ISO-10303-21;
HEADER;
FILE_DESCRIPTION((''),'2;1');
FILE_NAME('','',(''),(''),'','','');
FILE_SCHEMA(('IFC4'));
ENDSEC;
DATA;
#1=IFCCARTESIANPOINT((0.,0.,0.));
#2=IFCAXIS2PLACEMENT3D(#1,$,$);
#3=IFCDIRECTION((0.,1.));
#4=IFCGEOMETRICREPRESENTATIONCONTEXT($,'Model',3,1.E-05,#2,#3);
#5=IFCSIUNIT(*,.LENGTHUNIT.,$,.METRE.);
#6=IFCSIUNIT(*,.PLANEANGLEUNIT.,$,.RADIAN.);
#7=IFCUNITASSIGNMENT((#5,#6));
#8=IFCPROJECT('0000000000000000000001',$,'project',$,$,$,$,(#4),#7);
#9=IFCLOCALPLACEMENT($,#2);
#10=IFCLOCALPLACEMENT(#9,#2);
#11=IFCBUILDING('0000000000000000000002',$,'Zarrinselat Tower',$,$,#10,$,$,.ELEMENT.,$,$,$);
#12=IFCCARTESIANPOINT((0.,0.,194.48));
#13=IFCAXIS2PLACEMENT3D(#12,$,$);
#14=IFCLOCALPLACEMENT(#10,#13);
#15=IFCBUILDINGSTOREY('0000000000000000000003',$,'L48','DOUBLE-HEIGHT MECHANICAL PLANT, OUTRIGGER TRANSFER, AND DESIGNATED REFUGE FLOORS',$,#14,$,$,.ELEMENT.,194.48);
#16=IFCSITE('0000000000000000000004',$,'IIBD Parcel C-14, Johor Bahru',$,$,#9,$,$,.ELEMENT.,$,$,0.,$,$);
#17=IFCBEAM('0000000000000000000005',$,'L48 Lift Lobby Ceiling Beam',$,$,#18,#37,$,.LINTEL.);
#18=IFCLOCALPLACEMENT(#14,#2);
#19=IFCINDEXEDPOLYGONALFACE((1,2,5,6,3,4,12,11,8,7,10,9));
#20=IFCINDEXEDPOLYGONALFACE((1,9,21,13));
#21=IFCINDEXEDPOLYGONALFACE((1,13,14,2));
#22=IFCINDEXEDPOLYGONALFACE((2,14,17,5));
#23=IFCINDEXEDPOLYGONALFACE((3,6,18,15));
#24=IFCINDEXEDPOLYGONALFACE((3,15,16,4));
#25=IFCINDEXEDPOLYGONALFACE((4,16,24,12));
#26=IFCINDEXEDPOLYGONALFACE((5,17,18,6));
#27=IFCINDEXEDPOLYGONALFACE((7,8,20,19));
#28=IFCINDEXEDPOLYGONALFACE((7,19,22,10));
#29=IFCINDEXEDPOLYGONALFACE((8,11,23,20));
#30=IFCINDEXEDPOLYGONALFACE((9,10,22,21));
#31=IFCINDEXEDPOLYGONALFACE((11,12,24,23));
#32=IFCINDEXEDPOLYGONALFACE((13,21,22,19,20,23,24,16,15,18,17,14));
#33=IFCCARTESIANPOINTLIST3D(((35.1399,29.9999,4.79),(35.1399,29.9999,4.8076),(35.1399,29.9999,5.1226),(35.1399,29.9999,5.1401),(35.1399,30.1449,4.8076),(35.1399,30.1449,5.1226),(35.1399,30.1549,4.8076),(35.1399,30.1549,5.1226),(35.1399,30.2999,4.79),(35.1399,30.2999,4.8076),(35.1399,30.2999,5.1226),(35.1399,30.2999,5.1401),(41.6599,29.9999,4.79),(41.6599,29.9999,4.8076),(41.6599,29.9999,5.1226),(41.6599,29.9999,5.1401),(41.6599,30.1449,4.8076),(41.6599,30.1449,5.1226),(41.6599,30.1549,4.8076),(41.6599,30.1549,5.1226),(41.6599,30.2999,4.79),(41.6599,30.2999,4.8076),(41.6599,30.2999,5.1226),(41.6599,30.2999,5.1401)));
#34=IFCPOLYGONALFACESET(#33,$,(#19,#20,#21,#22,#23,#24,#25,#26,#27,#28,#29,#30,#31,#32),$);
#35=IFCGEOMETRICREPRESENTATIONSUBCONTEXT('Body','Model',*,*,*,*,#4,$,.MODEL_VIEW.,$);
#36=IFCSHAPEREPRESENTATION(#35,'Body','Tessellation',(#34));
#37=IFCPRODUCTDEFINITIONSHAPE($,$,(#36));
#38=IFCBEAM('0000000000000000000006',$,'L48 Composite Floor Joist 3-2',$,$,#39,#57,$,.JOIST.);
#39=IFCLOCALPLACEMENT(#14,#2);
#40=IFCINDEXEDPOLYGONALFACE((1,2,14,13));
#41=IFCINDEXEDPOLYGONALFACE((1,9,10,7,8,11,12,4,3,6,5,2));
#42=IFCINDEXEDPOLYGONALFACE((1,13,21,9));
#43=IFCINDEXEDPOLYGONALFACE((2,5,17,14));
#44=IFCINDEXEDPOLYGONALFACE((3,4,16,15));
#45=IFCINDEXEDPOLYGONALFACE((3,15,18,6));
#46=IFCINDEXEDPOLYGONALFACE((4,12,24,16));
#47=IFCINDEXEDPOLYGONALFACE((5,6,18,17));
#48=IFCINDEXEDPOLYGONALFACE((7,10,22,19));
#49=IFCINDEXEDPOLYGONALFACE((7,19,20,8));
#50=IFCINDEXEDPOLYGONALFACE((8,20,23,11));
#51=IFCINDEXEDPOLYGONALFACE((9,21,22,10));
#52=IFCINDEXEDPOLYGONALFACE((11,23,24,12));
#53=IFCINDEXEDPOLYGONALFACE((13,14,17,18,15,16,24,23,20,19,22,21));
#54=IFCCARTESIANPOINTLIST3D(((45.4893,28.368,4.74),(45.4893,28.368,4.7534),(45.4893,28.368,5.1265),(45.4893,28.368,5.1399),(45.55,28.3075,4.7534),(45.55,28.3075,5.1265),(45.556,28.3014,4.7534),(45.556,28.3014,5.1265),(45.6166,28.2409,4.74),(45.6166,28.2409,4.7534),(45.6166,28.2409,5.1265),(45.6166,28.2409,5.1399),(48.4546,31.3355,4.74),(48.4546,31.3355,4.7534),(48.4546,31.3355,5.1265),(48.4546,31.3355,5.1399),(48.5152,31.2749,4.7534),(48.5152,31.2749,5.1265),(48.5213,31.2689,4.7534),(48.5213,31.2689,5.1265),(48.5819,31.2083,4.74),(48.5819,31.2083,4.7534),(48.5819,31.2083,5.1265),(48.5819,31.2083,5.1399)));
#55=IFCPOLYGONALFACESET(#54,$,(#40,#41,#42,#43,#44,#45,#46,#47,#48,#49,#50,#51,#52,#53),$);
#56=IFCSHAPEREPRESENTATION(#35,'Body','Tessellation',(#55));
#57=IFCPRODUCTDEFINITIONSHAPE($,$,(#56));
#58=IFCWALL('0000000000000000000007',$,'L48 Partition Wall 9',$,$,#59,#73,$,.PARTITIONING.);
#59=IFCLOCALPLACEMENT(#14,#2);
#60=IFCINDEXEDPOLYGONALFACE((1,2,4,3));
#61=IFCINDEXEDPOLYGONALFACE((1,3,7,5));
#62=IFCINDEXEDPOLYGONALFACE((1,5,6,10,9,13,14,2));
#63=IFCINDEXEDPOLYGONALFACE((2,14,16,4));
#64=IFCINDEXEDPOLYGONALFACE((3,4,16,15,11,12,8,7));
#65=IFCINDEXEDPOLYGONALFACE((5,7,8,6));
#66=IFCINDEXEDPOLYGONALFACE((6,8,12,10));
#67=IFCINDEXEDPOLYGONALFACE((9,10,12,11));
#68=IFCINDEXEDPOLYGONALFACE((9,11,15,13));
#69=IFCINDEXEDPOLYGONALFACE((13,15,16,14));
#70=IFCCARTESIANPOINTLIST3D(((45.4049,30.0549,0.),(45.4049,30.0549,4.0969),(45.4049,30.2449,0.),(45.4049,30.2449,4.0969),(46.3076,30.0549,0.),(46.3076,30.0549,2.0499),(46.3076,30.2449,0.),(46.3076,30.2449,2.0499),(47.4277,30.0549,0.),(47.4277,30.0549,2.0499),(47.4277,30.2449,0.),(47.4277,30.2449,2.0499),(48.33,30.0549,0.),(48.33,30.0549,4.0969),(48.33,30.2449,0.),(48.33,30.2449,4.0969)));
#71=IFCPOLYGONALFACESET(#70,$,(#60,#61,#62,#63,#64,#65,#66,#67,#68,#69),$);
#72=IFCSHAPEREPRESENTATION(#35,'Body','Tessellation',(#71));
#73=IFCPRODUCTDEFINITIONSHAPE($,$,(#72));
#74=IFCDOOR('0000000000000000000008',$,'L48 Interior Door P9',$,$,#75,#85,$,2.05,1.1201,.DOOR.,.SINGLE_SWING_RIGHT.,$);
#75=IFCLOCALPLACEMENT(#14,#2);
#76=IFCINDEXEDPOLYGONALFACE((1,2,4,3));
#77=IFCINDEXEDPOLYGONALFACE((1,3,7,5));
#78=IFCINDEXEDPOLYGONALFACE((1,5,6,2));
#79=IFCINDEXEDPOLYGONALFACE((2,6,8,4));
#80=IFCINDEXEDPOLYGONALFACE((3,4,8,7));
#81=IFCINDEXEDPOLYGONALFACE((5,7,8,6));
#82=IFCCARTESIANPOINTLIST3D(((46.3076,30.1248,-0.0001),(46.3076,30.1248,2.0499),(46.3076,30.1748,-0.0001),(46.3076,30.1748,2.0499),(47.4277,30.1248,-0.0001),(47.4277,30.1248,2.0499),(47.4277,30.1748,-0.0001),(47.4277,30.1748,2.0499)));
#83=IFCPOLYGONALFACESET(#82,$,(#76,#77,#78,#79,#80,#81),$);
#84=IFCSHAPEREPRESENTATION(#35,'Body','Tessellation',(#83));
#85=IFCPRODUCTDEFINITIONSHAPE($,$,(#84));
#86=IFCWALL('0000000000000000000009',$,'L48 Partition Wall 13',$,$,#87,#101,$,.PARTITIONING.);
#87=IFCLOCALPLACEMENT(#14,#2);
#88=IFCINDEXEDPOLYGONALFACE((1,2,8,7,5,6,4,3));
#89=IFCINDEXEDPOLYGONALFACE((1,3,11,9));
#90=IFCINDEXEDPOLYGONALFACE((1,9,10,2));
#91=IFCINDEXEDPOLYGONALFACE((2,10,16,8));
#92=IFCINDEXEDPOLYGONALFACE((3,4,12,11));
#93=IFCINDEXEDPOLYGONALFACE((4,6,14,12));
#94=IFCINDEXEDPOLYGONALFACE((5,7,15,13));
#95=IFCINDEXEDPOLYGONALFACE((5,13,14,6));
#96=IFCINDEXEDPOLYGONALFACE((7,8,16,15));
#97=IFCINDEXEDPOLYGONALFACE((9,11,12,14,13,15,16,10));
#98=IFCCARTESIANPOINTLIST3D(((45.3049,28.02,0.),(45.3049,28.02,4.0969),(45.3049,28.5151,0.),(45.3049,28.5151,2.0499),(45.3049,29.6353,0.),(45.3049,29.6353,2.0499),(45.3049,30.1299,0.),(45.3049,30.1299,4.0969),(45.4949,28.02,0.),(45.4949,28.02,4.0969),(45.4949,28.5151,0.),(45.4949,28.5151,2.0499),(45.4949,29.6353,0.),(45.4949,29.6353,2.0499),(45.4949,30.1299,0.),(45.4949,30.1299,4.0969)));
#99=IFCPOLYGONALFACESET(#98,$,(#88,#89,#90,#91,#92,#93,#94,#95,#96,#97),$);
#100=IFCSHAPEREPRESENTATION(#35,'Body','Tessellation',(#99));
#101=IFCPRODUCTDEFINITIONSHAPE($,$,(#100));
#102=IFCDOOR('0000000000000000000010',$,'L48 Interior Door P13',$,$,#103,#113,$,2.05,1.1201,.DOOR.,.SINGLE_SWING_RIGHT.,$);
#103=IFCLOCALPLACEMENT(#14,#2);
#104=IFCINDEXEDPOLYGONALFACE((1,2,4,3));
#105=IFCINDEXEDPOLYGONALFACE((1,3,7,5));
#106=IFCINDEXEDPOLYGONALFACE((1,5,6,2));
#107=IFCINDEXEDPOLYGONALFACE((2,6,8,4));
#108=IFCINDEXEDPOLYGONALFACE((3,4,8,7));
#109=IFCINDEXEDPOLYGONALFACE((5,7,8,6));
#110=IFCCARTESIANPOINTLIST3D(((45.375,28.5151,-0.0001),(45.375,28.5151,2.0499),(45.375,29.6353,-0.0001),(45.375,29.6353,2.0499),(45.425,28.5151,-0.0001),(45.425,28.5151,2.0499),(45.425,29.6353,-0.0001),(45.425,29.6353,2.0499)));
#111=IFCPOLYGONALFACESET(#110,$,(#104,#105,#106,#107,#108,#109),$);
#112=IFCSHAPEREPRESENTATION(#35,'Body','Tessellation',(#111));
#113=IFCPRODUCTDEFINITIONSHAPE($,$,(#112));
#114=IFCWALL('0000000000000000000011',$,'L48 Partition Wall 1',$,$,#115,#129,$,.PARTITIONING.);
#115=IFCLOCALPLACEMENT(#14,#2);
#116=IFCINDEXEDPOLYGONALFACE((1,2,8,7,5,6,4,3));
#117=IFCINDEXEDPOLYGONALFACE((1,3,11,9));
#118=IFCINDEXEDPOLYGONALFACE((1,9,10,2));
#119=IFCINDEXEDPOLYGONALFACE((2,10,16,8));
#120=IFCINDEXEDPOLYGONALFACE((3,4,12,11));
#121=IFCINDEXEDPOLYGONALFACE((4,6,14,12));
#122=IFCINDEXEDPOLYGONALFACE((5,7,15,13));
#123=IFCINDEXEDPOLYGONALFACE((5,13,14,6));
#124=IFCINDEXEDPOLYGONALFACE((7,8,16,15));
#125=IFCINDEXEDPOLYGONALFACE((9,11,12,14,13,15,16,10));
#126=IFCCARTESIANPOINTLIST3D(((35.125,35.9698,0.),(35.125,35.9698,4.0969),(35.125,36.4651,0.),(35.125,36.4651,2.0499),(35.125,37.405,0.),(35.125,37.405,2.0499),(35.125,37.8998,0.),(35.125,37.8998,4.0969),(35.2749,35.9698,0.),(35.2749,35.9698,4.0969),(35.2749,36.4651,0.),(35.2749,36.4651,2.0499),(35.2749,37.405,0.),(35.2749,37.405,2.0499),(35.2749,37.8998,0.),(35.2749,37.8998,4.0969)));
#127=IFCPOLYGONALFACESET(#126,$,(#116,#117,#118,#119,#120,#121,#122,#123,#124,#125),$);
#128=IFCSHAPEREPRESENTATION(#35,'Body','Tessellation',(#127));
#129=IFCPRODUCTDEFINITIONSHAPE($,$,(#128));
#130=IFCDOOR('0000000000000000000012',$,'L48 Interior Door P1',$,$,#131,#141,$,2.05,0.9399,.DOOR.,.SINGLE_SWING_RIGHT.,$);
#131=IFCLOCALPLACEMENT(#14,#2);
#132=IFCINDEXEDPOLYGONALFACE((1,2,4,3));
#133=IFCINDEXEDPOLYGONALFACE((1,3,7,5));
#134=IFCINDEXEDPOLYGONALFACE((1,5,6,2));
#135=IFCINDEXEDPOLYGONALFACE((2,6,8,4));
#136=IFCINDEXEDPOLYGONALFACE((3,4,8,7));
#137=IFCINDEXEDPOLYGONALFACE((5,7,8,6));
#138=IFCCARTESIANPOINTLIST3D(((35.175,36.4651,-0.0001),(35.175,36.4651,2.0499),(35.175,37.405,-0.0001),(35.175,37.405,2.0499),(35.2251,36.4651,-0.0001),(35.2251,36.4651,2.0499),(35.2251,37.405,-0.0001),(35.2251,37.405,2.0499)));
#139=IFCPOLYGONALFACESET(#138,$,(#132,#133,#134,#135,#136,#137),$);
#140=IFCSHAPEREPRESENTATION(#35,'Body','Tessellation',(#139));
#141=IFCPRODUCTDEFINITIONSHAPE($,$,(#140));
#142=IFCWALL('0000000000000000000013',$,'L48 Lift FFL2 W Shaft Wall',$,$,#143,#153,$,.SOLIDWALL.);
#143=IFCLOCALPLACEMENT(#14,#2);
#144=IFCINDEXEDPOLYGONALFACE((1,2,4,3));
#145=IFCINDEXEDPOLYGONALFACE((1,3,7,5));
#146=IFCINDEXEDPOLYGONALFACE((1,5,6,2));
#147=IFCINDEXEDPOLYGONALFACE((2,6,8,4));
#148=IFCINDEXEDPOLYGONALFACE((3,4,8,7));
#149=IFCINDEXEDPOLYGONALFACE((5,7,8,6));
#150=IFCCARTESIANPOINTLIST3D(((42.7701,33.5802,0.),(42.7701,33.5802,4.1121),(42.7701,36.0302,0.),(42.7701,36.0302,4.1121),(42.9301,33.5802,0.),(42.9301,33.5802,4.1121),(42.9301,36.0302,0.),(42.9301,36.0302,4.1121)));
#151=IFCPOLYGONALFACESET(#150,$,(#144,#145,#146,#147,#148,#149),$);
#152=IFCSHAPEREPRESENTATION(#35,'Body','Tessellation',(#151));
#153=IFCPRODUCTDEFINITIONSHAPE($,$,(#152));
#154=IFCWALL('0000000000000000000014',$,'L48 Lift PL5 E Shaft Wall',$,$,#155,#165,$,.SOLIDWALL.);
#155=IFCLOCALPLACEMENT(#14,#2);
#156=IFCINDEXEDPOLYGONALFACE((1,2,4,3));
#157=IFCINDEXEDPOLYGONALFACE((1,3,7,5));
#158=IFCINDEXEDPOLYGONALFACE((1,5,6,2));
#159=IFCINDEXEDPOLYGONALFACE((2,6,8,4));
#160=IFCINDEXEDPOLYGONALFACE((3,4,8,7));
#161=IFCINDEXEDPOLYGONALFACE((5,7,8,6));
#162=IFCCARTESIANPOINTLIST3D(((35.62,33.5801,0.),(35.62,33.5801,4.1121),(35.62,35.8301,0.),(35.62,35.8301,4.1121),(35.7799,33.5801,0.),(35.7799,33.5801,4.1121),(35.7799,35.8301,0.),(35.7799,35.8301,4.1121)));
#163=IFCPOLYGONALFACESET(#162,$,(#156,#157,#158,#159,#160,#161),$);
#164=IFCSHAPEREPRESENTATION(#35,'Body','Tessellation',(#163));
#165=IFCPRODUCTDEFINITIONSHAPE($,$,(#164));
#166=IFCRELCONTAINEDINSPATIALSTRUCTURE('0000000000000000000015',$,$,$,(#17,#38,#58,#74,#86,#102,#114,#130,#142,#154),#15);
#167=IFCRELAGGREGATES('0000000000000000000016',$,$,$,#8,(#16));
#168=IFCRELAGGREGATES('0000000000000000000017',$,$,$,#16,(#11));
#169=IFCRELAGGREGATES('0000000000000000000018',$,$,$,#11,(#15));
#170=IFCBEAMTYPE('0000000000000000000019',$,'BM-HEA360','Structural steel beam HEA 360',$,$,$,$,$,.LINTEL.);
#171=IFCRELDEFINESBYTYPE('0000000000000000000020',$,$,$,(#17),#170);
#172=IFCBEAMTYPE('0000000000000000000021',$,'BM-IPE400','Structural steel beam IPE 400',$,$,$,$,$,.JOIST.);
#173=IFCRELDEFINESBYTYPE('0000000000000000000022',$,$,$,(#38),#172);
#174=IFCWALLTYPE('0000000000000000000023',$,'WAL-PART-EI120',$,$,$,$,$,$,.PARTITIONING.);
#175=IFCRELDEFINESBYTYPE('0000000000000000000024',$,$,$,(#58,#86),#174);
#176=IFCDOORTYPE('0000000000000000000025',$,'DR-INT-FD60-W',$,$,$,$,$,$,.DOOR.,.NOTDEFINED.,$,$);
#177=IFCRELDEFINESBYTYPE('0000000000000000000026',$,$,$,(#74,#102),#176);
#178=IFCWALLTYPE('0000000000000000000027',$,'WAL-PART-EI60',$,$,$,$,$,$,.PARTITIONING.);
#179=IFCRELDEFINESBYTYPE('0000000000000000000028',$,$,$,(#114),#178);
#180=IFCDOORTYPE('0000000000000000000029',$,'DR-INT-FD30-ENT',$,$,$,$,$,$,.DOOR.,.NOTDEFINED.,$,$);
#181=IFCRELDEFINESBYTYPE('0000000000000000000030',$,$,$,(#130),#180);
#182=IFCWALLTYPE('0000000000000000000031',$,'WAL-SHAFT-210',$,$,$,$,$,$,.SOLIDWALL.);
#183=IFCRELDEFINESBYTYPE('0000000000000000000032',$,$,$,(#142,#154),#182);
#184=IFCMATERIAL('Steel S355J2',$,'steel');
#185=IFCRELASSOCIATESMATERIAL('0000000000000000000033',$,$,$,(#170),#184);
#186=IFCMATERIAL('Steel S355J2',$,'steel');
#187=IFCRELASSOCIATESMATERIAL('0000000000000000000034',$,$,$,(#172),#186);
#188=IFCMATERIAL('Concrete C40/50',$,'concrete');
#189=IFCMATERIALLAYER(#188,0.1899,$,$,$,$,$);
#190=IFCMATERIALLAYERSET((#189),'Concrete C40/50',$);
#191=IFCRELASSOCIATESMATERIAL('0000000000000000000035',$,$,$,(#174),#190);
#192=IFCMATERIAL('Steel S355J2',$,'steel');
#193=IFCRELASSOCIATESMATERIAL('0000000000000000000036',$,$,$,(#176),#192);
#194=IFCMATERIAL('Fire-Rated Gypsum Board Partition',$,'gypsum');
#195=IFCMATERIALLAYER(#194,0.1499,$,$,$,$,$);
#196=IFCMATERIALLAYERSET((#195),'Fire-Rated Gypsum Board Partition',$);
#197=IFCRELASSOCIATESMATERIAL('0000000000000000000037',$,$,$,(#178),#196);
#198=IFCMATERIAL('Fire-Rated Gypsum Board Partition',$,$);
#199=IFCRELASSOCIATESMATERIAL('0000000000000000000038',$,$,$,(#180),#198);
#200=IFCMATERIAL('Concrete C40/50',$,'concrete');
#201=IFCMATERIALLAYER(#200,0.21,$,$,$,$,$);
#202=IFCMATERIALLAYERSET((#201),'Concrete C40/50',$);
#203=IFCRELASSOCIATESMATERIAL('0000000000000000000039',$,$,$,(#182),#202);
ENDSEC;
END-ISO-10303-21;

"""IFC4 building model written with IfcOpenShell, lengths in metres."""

from ifc_helpers import new_model, si_unit, direction, frame, frame_2d, origin, origin_2d, place, context, subcontext, project, spatial, rectangle, i_section, extrude, material, layer, layer_set, material_profile, profile_set, type_object, element, fill, save


model = new_model("IFC4")

# Units and contexts
model_context = context("Model", 3, precision=1e-05, world=origin(), true_north=direction((0.0, 1.0)))
body_context = subcontext(model_context, "Body", "Model", "MODEL_VIEW")
ifc_project = project(units=[si_unit("LENGTHUNIT", "METRE"), si_unit("PLANEANGLEUNIT", "RADIAN")], contexts=[model_context])

# Site, building, storey
site_placement = place(None, origin())
site = spatial("IfcSite", under=ifc_project, at=site_placement, Name="IIBD Parcel C-14, Johor Bahru", CompositionType="ELEMENT", RefElevation=0.0)
building_placement = place(site_placement, origin())
building = spatial("IfcBuilding", under=site, at=building_placement, Name="Zarrinselat Tower", CompositionType="ELEMENT")
storey_placement = place(building_placement, frame((0.0, 0.0, 194.48)))
storey = spatial("IfcBuildingStorey", under=building, at=storey_placement, Name="L48", Description="DOUBLE-HEIGHT MECHANICAL PLANT, OUTRIGGER TRANSFER, AND DESIGNATED REFUGE FLOORS", CompositionType="ELEMENT", Elevation=194.48)

# Beams
ifc_material_1 = material(Name="Steel S355J2", Category="steel")
ifc_material_profile_1 = material_profile(ifc_material_1, i_section(OverallWidth=0.3, OverallDepth=0.3501, WebThickness=0.01, FlangeThickness=0.0176, at=origin_2d()), Name="HEA 360")
ifc_profile_set_1 = profile_set([ifc_material_profile_1], Name="Steel S355J2")
beam_type_1 = type_object("IfcBeamType", Name="BM-HEA360", Description="Structural steel beam HEA 360", PredefinedType="LINTEL", material=ifc_profile_set_1)
beam_1_placement = place(storey_placement, frame((35.1399, 30.1499, 4.9651), z_axis=(1.0, 0.0, 0.0), x_axis=(0.0, 1.0, 0.0)))
element("IfcBeam", 1, at=beam_1_placement, inside=storey, type_object=beam_type_1, Name="L48 Lift Lobby Ceiling Beam", PredefinedType="LINTEL", context=body_context, shape_type="SweptSolid", body=[
    extrude(i_section(OverallWidth=0.3, OverallDepth=0.3501, WebThickness=0.01, FlangeThickness=0.0176, at=origin_2d()), origin(), (0.0, 0.0, 1.0), 6.52),
])
ifc_material_2 = material(Name="Steel S355J2", Category="steel")
ifc_material_profile_2 = material_profile(ifc_material_2, i_section(OverallWidth=0.1799, OverallDepth=0.3999, WebThickness=0.0085, FlangeThickness=0.0134, at=origin_2d()), Name="IPE 400")
ifc_profile_set_2 = profile_set([ifc_material_profile_2], Name="Steel S355J2")
beam_type_2 = type_object("IfcBeamType", Name="BM-IPE400", Description="Structural steel beam IPE 400", PredefinedType="JOIST", material=ifc_profile_set_2)
beam_2_placement = place(storey_placement, frame((45.553, 28.3044, 4.9399), z_axis=(0.706845, 0.707369, 0.0), x_axis=(-0.707369, 0.706845, 0.0)))
element("IfcBeam", 2, at=beam_2_placement, inside=storey, type_object=beam_type_2, Name="L48 Composite Floor Joist 3-2", PredefinedType="JOIST", context=body_context, shape_type="SweptSolid", body=[
    extrude(i_section(OverallWidth=0.1799, OverallDepth=0.3999, WebThickness=0.0085, FlangeThickness=0.0134, at=origin_2d()), origin(), (0.0, 0.0, 1.0), 4.1951),
])

# Walls, openings, doors
ifc_material_3 = material(Name="Concrete C40/50", Category="concrete")
ifc_layer_1 = layer(ifc_material_3, 0.1899)
ifc_layer_set_1 = layer_set([ifc_layer_1], Name="Concrete C40/50")
wall_type_1 = type_object("IfcWallType", Name="WAL-PART-EI120", PredefinedType="PARTITIONING", material=ifc_layer_set_1)
wall_1_placement = place(storey_placement, frame((45.405, 30.1499, 0.0), z_axis=(0.0, 0.0, 1.0), x_axis=(1.0, 0.0, 0.0)))
wall_1 = element("IfcWall", 3, at=wall_1_placement, inside=storey, type_object=wall_type_1, Name="L48 Partition Wall 9", PredefinedType="PARTITIONING", context=body_context, shape_type="SweptSolid", body=[
    extrude(rectangle(XDim=2.925, YDim=0.1899, at=frame_2d((1.4624, 0.0))), origin(), (0.0, 0.0, 1.0), 4.0969),
])
opening_1_placement = place(wall_1_placement, frame((0.9026, 0.0, 0.0)))
opening_1 = element("IfcOpeningElement", 4, at=opening_1_placement, cuts=wall_1, PredefinedType="OPENING", context=body_context, shape_type="SweptSolid", body=[
    extrude(rectangle(XDim=1.1201, YDim=2.05, at=frame_2d((0.5601, 1.0249))), frame((0.0, 0.105, 0.0), z_axis=(0.0, -1.0, 0.0), x_axis=(1.0, 0.0, 0.0)), (0.0, 0.0, 1.0), 0.21),
])
ifc_material_4 = material(Name="Steel S355J2", Category="steel")
door_type_1 = type_object("IfcDoorType", Name="DR-INT-FD60-W", OperationType="NOTDEFINED", PredefinedType="DOOR", material=ifc_material_4)
door_1_placement = place(opening_1_placement, origin())
door_1 = element("IfcDoor", 5, at=door_1_placement, inside=storey, type_object=door_type_1, Name="L48 Interior Door P9", OperationType="SINGLE_SWING_RIGHT", OverallHeight=2.05, OverallWidth=1.1201, PredefinedType="DOOR", context=body_context, shape_type="SweptSolid", body=[
    extrude(rectangle(XDim=1.1201, YDim=2.05, at=frame_2d((0.5601, 1.0249))), frame((0.0, 0.0249, 0.0), z_axis=(0.0, -1.0, 0.0), x_axis=(1.0, 0.0, 0.0)), (0.0, 0.0, 1.0), 0.05),
])
fill(opening_1, door_1)
wall_2_placement = place(storey_placement, frame((45.3999, 28.02, 0.0), z_axis=(0.0, 0.0, 1.0), x_axis=(0.0, 1.0, 0.0)))
wall_2 = element("IfcWall", 6, at=wall_2_placement, inside=storey, type_object=wall_type_1, Name="L48 Partition Wall 13", PredefinedType="PARTITIONING", context=body_context, shape_type="SweptSolid", body=[
    extrude(rectangle(XDim=2.1099, YDim=0.1899, at=frame_2d((1.0549, 0.0))), origin(), (0.0, 0.0, 1.0), 4.0969),
])
opening_2_placement = place(wall_2_placement, frame((0.4951, 0.0, 0.0)))
opening_2 = element("IfcOpeningElement", 7, at=opening_2_placement, cuts=wall_2, PredefinedType="OPENING", context=body_context, shape_type="SweptSolid", body=[
    extrude(rectangle(XDim=1.1201, YDim=2.05, at=frame_2d((0.5601, 1.0249))), frame((0.0, 0.105, 0.0), z_axis=(0.0, -1.0, 0.0), x_axis=(1.0, 0.0, 0.0)), (0.0, 0.0, 1.0), 0.21),
])
door_2_placement = place(opening_2_placement, origin())
door_2 = element("IfcDoor", 8, at=door_2_placement, inside=storey, type_object=door_type_1, Name="L48 Interior Door P13", OperationType="SINGLE_SWING_RIGHT", OverallHeight=2.05, OverallWidth=1.1201, PredefinedType="DOOR", context=body_context, shape_type="SweptSolid", body=[
    extrude(rectangle(XDim=1.1201, YDim=2.05, at=frame_2d((0.5601, 1.0249))), frame((0.0, 0.0249, 0.0), z_axis=(0.0, -1.0, 0.0), x_axis=(1.0, 0.0, 0.0)), (0.0, 0.0, 1.0), 0.05),
])
fill(opening_2, door_2)
ifc_material_5 = material(Name="Fire-Rated Gypsum Board Partition", Category="gypsum")
ifc_layer_2 = layer(ifc_material_5, 0.1499)
ifc_layer_set_2 = layer_set([ifc_layer_2], Name="Fire-Rated Gypsum Board Partition")
wall_type_2 = type_object("IfcWallType", Name="WAL-PART-EI60", PredefinedType="PARTITIONING", material=ifc_layer_set_2)
wall_3_placement = place(storey_placement, frame((35.2, 35.97, 0.0), z_axis=(0.0, 0.0, 1.0), x_axis=(0.0, 1.0, 0.0)))
wall_3 = element("IfcWall", 9, at=wall_3_placement, inside=storey, type_object=wall_type_2, Name="L48 Partition Wall 1", PredefinedType="PARTITIONING", context=body_context, shape_type="SweptSolid", body=[
    extrude(rectangle(XDim=1.9299, YDim=0.1499, at=frame_2d((0.9648, 0.0))), origin(), (0.0, 0.0, 1.0), 4.0969),
])
opening_3_placement = place(wall_3_placement, frame((0.4951, 0.0, 0.0)))
opening_3 = element("IfcOpeningElement", 10, at=opening_3_placement, cuts=wall_3, PredefinedType="OPENING", context=body_context, shape_type="SweptSolid", body=[
    extrude(rectangle(XDim=0.9399, YDim=2.05, at=frame_2d((0.47, 1.0249))), frame((0.0, 0.085, 0.0), z_axis=(0.0, -1.0, 0.0), x_axis=(1.0, 0.0, 0.0)), (0.0, 0.0, 1.0), 0.1699),
])
ifc_material_6 = material(Name="Fire-Rated Gypsum Board Partition")
door_type_2 = type_object("IfcDoorType", Name="DR-INT-FD30-ENT", OperationType="NOTDEFINED", PredefinedType="DOOR", material=ifc_material_6)
door_3_placement = place(opening_3_placement, origin())
door_3 = element("IfcDoor", 11, at=door_3_placement, inside=storey, type_object=door_type_2, Name="L48 Interior Door P1", OperationType="SINGLE_SWING_RIGHT", OverallHeight=2.05, OverallWidth=0.9399, PredefinedType="DOOR", context=body_context, shape_type="SweptSolid", body=[
    extrude(rectangle(XDim=0.9399, YDim=2.05, at=frame_2d((0.47, 1.0249))), frame((0.0, 0.0249, 0.0), z_axis=(0.0, -1.0, 0.0), x_axis=(1.0, 0.0, 0.0)), (0.0, 0.0, 1.0), 0.05),
])
fill(opening_3, door_3)

# Walls
ifc_material_7 = material(Name="Concrete C40/50", Category="concrete")
ifc_layer_3 = layer(ifc_material_7, 0.21)
ifc_layer_set_3 = layer_set([ifc_layer_3], Name="Concrete C40/50")
wall_type_3 = type_object("IfcWallType", Name="WAL-SHAFT-210", PredefinedType="SOLIDWALL", material=ifc_layer_set_3)
wall_4_placement = place(storey_placement, frame((42.8501, 33.5801, 0.0), z_axis=(0.0, 0.0, 1.0), x_axis=(0.0, 1.0, 0.0)))
element("IfcWall", 12, at=wall_4_placement, inside=storey, type_object=wall_type_3, Name="L48 Lift FFL2 W Shaft Wall", PredefinedType="SOLIDWALL", context=body_context, shape_type="SweptSolid", body=[
    extrude(rectangle(XDim=2.45, YDim=0.1599, at=frame_2d((1.2251, 0.0))), origin(), (0.0, 0.0, 1.0), 4.1121),
])
wall_5_placement = place(storey_placement, frame((35.7, 33.5801, 0.0), z_axis=(0.0, 0.0, 1.0), x_axis=(0.0, 1.0, 0.0)))
element("IfcWall", 13, at=wall_5_placement, inside=storey, type_object=wall_type_3, Name="L48 Lift PL5 E Shaft Wall", PredefinedType="SOLIDWALL", context=body_context, shape_type="SweptSolid", body=[
    extrude(rectangle(XDim=2.25, YDim=0.1599, at=frame_2d((1.125, 0.0))), origin(), (0.0, 0.0, 1.0), 4.1121),
])

save(model, "model.ifc")
